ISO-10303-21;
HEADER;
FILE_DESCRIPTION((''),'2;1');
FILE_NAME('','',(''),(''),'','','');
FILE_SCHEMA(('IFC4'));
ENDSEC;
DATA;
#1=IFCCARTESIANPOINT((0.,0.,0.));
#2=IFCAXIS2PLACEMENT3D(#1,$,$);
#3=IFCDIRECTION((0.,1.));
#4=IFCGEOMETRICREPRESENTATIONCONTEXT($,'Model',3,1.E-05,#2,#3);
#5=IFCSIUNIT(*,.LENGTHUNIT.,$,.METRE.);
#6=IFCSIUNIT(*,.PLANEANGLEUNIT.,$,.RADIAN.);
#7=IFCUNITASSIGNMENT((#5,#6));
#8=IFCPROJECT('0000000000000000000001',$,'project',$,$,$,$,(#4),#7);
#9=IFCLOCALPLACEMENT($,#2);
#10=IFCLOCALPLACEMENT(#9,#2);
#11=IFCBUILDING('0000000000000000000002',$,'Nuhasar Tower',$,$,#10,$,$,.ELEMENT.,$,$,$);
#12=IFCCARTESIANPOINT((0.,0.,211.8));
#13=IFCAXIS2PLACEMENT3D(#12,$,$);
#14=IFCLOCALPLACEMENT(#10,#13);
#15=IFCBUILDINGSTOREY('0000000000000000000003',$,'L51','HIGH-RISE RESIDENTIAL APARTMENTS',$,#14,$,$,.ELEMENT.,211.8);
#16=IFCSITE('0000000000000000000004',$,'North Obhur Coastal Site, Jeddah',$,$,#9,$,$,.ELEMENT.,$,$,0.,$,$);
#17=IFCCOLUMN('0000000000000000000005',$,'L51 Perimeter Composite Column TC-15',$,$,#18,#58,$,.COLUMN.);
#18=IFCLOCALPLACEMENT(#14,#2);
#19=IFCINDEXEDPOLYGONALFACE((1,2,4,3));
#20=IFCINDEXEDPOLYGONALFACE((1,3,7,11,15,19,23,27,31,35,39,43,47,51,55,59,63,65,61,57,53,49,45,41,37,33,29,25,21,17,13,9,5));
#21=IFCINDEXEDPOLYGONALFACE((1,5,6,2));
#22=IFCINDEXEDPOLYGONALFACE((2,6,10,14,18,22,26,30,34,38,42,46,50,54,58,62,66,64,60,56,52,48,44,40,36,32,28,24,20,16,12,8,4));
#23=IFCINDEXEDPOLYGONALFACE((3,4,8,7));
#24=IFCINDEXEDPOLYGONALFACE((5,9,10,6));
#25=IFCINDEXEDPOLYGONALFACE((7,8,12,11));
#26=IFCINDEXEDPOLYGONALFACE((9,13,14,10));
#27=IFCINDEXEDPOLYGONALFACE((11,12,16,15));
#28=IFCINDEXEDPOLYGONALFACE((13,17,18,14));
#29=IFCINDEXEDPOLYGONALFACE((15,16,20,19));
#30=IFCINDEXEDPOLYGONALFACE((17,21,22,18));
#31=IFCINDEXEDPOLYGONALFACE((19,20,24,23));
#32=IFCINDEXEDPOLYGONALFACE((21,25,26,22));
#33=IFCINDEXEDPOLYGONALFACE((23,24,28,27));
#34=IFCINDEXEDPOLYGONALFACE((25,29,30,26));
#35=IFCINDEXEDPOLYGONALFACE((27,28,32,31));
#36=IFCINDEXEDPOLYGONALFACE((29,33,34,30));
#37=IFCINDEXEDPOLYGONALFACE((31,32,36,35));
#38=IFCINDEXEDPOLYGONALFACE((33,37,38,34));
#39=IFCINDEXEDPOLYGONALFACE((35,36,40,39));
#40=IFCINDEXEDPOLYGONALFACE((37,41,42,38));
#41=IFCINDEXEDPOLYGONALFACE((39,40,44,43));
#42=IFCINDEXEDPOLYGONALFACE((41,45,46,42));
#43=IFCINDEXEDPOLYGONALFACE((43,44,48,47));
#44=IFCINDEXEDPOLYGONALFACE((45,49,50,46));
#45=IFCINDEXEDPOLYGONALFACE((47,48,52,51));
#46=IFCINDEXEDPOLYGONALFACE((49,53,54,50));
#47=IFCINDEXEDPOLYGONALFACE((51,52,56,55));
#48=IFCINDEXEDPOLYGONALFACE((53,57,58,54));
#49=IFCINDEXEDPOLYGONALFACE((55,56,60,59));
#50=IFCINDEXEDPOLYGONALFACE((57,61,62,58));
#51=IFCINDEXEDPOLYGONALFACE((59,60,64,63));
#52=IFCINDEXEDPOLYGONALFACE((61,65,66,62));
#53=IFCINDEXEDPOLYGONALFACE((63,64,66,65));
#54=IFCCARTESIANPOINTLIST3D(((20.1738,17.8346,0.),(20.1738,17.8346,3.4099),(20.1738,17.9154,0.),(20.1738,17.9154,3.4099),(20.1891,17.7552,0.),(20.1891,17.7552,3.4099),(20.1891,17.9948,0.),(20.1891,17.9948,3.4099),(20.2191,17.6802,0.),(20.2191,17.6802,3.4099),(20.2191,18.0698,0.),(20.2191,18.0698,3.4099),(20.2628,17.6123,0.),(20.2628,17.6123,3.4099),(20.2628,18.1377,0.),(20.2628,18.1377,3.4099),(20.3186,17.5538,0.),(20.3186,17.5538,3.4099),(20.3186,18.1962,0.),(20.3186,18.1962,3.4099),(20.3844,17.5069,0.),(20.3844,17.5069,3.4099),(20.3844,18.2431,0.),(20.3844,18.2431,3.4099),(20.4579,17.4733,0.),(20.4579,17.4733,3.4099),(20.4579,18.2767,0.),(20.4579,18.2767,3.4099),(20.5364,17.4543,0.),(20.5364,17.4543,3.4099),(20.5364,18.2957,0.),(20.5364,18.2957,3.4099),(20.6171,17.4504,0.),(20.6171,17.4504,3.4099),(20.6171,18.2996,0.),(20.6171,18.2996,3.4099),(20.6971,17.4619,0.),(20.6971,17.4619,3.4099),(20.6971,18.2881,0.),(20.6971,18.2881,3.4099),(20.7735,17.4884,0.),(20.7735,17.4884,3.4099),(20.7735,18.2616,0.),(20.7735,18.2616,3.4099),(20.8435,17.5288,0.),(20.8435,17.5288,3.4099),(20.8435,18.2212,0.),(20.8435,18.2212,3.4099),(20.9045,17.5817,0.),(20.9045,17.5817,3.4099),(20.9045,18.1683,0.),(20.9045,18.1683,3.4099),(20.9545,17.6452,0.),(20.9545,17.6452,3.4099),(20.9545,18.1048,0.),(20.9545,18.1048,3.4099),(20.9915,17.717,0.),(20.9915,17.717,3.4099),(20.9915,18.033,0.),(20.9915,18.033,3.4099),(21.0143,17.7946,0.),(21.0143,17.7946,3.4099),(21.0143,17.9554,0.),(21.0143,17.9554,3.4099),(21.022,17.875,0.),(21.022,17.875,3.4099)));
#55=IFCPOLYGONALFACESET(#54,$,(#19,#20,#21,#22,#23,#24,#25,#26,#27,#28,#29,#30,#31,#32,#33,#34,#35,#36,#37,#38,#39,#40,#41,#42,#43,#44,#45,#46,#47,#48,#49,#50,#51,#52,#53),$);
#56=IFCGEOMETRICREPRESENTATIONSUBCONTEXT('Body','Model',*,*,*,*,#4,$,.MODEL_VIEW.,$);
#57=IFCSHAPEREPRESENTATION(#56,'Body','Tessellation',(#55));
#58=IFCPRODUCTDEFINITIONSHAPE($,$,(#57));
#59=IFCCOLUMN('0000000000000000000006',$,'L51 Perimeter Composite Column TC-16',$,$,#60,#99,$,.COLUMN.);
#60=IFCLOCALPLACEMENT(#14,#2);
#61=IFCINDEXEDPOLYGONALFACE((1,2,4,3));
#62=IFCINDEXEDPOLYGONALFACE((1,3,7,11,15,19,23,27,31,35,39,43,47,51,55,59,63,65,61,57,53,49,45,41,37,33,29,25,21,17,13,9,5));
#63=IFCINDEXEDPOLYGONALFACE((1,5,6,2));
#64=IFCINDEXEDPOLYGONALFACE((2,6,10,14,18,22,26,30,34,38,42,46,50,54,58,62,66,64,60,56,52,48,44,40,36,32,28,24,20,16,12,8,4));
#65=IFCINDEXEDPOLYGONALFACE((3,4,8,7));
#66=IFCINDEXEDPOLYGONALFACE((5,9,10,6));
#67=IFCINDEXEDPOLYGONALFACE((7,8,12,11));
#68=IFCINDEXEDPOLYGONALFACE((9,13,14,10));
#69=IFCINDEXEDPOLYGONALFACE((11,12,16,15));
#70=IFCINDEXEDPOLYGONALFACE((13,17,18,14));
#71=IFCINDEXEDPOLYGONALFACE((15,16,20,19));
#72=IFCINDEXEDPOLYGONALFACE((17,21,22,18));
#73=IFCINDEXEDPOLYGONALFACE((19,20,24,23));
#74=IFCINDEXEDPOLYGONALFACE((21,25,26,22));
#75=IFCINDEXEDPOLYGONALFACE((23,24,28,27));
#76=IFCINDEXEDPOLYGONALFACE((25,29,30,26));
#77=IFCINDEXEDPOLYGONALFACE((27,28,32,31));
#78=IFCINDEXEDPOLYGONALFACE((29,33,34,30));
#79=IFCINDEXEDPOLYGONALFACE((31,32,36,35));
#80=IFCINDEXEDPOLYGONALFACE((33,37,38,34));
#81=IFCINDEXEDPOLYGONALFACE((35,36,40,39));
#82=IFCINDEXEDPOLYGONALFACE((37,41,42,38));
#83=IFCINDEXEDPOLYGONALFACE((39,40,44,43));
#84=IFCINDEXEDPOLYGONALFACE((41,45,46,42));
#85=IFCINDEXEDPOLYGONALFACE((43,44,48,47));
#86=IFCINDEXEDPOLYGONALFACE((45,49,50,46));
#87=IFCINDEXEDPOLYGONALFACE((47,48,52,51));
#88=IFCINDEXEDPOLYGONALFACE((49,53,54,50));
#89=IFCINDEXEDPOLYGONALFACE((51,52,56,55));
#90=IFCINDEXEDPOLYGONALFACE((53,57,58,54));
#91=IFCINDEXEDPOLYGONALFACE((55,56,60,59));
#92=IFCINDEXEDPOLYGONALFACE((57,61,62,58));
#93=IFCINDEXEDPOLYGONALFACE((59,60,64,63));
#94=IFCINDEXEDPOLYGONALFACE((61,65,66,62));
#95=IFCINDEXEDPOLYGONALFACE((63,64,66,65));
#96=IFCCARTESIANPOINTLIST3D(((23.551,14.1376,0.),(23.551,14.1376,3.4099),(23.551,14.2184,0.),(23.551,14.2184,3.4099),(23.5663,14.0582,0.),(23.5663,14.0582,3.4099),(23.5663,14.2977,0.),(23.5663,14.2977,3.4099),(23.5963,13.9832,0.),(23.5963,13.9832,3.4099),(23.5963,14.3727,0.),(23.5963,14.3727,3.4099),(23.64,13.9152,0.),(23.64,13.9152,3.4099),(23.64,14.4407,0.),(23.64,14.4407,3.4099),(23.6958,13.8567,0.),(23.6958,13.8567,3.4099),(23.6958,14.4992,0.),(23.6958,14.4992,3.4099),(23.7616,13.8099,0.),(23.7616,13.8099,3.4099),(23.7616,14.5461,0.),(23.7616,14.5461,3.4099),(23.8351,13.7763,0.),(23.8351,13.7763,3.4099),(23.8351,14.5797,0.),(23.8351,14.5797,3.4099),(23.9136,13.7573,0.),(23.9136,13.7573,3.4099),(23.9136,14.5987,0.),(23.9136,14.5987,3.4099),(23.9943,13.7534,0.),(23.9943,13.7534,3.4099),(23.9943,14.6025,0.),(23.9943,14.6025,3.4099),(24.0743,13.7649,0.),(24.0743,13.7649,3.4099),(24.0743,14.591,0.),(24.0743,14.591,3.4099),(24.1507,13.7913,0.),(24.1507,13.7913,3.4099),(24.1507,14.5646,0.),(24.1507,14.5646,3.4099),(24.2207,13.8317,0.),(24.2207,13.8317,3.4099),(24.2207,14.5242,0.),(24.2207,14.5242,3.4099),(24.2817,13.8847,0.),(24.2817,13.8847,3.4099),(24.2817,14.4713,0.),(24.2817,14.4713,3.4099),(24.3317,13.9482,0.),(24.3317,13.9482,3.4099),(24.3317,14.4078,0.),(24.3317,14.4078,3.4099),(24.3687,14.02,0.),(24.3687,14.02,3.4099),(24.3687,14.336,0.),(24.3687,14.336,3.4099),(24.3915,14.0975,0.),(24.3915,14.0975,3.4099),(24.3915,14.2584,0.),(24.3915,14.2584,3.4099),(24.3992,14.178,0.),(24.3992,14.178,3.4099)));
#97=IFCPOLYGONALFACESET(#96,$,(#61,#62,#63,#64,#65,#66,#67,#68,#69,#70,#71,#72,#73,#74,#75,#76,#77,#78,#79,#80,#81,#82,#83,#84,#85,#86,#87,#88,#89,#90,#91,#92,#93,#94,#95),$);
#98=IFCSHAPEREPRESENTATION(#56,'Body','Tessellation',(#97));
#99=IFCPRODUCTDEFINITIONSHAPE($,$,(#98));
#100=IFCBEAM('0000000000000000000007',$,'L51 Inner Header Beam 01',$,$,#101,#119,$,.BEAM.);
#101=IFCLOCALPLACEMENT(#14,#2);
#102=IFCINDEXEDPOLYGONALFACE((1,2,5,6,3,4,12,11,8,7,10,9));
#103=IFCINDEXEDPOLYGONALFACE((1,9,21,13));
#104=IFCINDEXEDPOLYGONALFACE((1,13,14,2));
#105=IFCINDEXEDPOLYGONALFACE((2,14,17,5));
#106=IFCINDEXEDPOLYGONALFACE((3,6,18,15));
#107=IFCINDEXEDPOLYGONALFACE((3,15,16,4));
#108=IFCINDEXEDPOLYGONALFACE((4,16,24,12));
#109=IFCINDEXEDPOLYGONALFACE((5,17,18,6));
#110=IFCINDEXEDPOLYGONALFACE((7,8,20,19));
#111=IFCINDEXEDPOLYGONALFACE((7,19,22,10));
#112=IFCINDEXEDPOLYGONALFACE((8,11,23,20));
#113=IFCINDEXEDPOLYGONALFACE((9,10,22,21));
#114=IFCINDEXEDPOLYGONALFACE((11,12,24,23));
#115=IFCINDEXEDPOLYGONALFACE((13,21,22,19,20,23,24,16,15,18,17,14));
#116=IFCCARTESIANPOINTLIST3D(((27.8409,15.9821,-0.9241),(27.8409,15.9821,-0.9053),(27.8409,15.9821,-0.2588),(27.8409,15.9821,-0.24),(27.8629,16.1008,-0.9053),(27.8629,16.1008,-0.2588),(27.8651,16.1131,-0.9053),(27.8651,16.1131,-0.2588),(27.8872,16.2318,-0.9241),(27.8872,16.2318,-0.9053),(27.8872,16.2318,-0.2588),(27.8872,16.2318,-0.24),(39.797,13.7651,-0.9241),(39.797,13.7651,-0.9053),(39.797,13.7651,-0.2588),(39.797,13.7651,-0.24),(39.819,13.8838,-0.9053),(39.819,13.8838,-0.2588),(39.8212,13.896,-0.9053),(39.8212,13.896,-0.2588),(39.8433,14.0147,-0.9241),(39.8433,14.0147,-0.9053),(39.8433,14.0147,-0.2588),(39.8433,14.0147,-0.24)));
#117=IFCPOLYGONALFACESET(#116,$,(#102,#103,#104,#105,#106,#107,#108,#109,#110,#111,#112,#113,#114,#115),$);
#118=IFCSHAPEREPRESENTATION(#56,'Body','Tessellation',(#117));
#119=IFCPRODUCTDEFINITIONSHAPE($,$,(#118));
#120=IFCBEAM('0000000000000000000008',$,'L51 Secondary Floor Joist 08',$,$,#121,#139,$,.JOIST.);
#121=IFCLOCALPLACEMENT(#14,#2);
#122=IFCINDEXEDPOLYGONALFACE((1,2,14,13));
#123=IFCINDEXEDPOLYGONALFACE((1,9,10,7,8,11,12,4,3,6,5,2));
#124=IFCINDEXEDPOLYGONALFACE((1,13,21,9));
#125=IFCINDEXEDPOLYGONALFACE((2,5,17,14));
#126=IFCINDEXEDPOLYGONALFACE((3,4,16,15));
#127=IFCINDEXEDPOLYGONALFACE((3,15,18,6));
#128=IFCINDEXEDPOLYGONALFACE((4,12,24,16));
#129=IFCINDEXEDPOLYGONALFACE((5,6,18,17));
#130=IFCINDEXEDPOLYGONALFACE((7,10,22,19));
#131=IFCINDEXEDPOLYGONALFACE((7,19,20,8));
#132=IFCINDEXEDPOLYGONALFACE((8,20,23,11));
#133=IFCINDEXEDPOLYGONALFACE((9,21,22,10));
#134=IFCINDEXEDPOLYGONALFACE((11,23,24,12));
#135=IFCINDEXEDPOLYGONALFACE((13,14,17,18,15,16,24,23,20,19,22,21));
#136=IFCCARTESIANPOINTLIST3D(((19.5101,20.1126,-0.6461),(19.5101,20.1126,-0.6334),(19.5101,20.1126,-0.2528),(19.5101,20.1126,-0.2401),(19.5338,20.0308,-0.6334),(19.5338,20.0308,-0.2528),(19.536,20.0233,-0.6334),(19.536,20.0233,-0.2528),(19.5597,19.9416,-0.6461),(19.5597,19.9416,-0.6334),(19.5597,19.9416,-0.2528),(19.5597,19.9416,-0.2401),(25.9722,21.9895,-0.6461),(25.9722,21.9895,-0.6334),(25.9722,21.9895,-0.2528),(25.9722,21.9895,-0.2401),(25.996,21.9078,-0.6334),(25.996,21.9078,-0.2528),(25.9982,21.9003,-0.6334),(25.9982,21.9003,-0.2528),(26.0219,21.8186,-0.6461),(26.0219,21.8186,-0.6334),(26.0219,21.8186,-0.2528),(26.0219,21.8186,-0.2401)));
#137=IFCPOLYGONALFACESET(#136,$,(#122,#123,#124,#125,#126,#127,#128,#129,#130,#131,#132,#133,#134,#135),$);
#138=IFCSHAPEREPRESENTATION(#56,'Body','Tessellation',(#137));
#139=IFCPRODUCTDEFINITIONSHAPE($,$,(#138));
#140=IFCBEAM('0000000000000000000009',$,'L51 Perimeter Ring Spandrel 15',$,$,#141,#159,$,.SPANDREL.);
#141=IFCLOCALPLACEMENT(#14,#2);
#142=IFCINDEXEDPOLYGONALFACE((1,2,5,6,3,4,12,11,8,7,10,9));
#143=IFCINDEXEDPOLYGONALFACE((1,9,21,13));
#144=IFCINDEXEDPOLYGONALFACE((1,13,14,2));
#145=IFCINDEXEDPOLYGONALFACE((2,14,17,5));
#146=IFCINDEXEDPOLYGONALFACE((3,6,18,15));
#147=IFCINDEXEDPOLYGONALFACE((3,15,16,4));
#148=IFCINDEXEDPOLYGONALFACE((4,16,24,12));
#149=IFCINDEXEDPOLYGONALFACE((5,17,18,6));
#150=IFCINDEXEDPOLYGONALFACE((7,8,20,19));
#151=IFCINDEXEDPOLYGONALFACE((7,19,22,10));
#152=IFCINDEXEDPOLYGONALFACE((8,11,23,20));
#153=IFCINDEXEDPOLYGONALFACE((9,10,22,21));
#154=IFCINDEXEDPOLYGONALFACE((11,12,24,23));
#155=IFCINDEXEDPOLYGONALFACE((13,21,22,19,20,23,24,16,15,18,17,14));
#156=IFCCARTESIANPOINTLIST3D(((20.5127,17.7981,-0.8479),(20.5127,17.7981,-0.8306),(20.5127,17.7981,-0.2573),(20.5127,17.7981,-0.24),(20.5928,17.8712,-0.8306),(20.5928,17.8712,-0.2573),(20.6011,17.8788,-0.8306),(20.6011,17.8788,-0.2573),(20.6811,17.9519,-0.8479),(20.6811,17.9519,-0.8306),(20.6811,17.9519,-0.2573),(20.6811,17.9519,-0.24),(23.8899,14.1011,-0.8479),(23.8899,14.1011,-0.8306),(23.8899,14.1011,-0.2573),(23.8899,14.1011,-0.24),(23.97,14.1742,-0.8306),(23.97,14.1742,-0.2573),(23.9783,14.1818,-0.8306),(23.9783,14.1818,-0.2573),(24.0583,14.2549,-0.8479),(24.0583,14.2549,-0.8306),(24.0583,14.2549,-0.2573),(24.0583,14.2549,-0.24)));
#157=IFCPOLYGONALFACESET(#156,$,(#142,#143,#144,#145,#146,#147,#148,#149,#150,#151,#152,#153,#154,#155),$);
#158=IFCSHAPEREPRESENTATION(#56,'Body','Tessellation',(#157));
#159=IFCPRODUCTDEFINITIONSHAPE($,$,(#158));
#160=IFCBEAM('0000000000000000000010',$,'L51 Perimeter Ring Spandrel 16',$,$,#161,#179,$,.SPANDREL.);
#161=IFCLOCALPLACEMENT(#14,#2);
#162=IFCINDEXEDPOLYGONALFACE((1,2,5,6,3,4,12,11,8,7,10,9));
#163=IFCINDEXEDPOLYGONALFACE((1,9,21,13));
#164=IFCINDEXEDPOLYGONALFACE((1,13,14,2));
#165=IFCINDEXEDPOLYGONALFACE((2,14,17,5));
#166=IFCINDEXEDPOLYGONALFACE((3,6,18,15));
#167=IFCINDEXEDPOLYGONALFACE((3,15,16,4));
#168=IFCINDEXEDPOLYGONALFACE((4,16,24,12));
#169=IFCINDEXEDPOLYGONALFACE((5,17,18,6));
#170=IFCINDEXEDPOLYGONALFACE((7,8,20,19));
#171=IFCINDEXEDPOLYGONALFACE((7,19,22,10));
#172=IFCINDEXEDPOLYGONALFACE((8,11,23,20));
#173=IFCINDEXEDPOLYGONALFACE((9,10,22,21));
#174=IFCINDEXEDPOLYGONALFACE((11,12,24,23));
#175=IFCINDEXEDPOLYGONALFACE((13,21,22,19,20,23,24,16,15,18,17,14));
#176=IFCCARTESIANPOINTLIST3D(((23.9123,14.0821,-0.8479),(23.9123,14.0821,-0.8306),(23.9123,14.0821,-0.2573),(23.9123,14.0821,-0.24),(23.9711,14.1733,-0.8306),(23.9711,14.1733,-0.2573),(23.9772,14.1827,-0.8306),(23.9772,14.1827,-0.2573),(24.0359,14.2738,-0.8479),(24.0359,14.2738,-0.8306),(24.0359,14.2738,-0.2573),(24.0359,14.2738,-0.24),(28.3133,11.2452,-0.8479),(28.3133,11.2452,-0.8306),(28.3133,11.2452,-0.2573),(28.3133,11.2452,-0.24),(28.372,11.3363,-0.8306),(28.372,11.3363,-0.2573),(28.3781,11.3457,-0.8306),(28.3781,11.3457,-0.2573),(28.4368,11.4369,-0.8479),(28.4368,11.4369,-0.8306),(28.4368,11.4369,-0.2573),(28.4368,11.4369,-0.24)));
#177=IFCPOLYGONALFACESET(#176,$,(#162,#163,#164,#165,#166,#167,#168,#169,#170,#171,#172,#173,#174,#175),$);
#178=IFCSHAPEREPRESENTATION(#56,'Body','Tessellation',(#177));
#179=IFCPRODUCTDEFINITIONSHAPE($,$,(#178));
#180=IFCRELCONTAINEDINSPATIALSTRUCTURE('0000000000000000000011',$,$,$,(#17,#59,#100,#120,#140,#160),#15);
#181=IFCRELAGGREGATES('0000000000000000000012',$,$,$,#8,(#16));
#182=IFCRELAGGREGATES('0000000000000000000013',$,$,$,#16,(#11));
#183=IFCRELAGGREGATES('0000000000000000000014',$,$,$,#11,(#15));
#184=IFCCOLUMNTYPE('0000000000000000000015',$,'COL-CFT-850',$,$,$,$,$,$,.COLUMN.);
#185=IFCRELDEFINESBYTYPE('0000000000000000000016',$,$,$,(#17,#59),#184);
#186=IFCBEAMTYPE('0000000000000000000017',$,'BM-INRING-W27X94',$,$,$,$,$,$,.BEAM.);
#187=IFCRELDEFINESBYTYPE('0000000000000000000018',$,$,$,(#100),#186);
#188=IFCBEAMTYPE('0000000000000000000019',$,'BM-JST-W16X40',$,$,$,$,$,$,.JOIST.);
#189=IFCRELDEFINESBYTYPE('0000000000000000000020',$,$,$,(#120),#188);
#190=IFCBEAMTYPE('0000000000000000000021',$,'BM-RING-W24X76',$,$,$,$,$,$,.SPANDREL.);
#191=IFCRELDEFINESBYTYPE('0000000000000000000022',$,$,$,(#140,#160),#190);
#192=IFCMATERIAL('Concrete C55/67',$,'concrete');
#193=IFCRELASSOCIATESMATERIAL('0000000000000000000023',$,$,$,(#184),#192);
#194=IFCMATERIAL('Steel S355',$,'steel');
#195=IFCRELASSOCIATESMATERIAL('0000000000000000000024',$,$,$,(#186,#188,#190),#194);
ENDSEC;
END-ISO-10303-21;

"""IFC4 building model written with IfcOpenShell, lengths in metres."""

from ifc_helpers import new_model, si_unit, direction, frame, origin, origin_2d, place, context, subcontext, project, spatial, circle, i_section, extrude, material, material_profile, profile_set, type_object, element, save


model = new_model("IFC4")

# Units and contexts
model_context = context("Model", 3, precision=1e-05, world=origin(), true_north=direction((0.0, 1.0)))
body_context = subcontext(model_context, "Body", "Model", "MODEL_VIEW")
ifc_project = project(units=[si_unit("LENGTHUNIT", "METRE"), si_unit("PLANEANGLEUNIT", "RADIAN")], contexts=[model_context])

# Site, building, storey
site_placement = place(None, origin())
site = spatial("IfcSite", under=ifc_project, at=site_placement, Name="North Obhur Coastal Site, Jeddah", CompositionType="ELEMENT", RefElevation=0.0)
building_placement = place(site_placement, origin())
building = spatial("IfcBuilding", under=site, at=building_placement, Name="Nuhasar Tower", CompositionType="ELEMENT")
storey_placement = place(building_placement, frame((0.0, 0.0, 211.8)))
storey = spatial("IfcBuildingStorey", under=building, at=storey_placement, Name="L51", Description="HIGH-RISE RESIDENTIAL APARTMENTS", CompositionType="ELEMENT", Elevation=211.8)

# Columns
ifc_material_1 = material(Name="Concrete C55/67", Category="concrete")
ifc_material_profile_1 = material_profile(ifc_material_1, circle(Radius=0.425, at=origin_2d()), Name="CFT850")
ifc_profile_set_1 = profile_set([ifc_material_profile_1], Name="Concrete C55/67")
column_type = type_object("IfcColumnType", Name="COL-CFT-850", PredefinedType="COLUMN", material=ifc_profile_set_1)
for number, where, z_axis, x_axis, name in (
    (1, (20.5969, 17.875, 0.0), (0.0, 0.0, 1.0), (1.0, 0.0, 0.0), "L51 Perimeter Composite Column TC-15"),
    (2, (23.9741, 14.178, 0.0), (0.0, 0.0, 1.0), (1.0, 0.0, 0.0), "L51 Perimeter Composite Column TC-16"),
):
    element("IfcColumn", number, at=place(storey_placement, frame(where, z_axis=z_axis, x_axis=x_axis)), inside=storey, type_object=column_type, Name=name, PredefinedType="COLUMN", context=body_context, shape_type="SweptSolid", body=[
        extrude(circle(Radius=0.425, at=origin_2d()), origin(), (0.0, 0.0, 1.0), 3.4099),
    ])

# Beams
ifc_material_2 = material(Name="Steel S355", Category="steel")
ifc_material_profile_2 = material_profile(ifc_material_2, i_section(OverallWidth=0.2539, OverallDepth=0.6841, WebThickness=0.0125, FlangeThickness=0.0188, at=origin_2d()), Name="W27X94")
ifc_profile_set_2 = profile_set([ifc_material_profile_2], Name="Steel S355")
beam_type_1 = type_object("IfcBeamType", Name="BM-INRING-W27X94", PredefinedType="BEAM", material=ifc_profile_set_2)
beam_1_placement = place(storey_placement, frame((27.864, 16.1069, -0.582), z_axis=(0.983238, -0.182324, 0.0), x_axis=(0.182324, 0.983238, 0.0)))
element("IfcBeam", 3, at=beam_1_placement, inside=storey, type_object=beam_type_1, Name="L51 Inner Header Beam 01", PredefinedType="BEAM", context=body_context, shape_type="SweptSolid", body=[
    extrude(i_section(OverallWidth=0.2539, OverallDepth=0.6841, WebThickness=0.0125, FlangeThickness=0.0188, at=origin_2d()), origin(), (0.0, 0.0, 1.0), 12.1599),
])
ifc_material_profile_3 = material_profile(ifc_material_2, i_section(OverallWidth=0.178, OverallDepth=0.406, WebThickness=0.0078, FlangeThickness=0.0127, at=origin_2d()), Name="W16X40")
ifc_profile_set_3 = profile_set([ifc_material_profile_3], Name="Steel S355")
beam_type_2 = type_object("IfcBeamType", Name="BM-JST-W16X40", PredefinedType="JOIST", material=ifc_profile_set_3)
beam_2_placement = place(storey_placement, frame((25.9971, 21.9041, -0.4431), z_axis=(-0.960313, -0.278926, 0.0), x_axis=(0.278926, -0.960313, 0.0)))
element("IfcBeam", 4, at=beam_2_placement, inside=storey, type_object=beam_type_2, Name="L51 Secondary Floor Joist 08", PredefinedType="JOIST", context=body_context, shape_type="SweptSolid", body=[
    extrude(i_section(OverallWidth=0.178, OverallDepth=0.406, WebThickness=0.0078, FlangeThickness=0.0127, at=origin_2d()), origin(), (0.0, 0.0, 1.0), 6.7292),
])
ifc_material_profile_4 = material_profile(ifc_material_2, i_section(OverallWidth=0.228, OverallDepth=0.6079, WebThickness=0.0112, FlangeThickness=0.0173, at=origin_2d()), Name="W24X76")
ifc_profile_set_4 = profile_set([ifc_material_profile_4], Name="Steel S355")
beam_type_3 = type_object("IfcBeamType", Name="BM-RING-W24X76", PredefinedType="SPANDREL", material=ifc_profile_set_4)
beam_3_placement = place(storey_placement, frame((20.5969, 17.875, -0.5439), z_axis=(0.67445, -0.738321, 0.0), x_axis=(0.738321, 0.67445, 0.0)))
element("IfcBeam", 5, at=beam_3_placement, inside=storey, type_object=beam_type_3, Name="L51 Perimeter Ring Spandrel 15", PredefinedType="SPANDREL", context=body_context, shape_type="SweptSolid", body=[
    extrude(i_section(OverallWidth=0.228, OverallDepth=0.6079, WebThickness=0.0112, FlangeThickness=0.0173, at=origin_2d()), origin(), (0.0, 0.0, 1.0), 5.0073),
])
beam_4_placement = place(storey_placement, frame((23.9741, 14.178, -0.5439), z_axis=(0.840502, -0.541808, 0.0), x_axis=(0.541808, 0.840502, 0.0)))
element("IfcBeam", 6, at=beam_4_placement, inside=storey, type_object=beam_type_3, Name="L51 Perimeter Ring Spandrel 16", PredefinedType="SPANDREL", context=body_context, shape_type="SweptSolid", body=[
    extrude(i_section(OverallWidth=0.228, OverallDepth=0.6079, WebThickness=0.0112, FlangeThickness=0.0173, at=origin_2d()), origin(), (0.0, 0.0, 1.0), 5.2361),
])

save(model, "model.ifc")
